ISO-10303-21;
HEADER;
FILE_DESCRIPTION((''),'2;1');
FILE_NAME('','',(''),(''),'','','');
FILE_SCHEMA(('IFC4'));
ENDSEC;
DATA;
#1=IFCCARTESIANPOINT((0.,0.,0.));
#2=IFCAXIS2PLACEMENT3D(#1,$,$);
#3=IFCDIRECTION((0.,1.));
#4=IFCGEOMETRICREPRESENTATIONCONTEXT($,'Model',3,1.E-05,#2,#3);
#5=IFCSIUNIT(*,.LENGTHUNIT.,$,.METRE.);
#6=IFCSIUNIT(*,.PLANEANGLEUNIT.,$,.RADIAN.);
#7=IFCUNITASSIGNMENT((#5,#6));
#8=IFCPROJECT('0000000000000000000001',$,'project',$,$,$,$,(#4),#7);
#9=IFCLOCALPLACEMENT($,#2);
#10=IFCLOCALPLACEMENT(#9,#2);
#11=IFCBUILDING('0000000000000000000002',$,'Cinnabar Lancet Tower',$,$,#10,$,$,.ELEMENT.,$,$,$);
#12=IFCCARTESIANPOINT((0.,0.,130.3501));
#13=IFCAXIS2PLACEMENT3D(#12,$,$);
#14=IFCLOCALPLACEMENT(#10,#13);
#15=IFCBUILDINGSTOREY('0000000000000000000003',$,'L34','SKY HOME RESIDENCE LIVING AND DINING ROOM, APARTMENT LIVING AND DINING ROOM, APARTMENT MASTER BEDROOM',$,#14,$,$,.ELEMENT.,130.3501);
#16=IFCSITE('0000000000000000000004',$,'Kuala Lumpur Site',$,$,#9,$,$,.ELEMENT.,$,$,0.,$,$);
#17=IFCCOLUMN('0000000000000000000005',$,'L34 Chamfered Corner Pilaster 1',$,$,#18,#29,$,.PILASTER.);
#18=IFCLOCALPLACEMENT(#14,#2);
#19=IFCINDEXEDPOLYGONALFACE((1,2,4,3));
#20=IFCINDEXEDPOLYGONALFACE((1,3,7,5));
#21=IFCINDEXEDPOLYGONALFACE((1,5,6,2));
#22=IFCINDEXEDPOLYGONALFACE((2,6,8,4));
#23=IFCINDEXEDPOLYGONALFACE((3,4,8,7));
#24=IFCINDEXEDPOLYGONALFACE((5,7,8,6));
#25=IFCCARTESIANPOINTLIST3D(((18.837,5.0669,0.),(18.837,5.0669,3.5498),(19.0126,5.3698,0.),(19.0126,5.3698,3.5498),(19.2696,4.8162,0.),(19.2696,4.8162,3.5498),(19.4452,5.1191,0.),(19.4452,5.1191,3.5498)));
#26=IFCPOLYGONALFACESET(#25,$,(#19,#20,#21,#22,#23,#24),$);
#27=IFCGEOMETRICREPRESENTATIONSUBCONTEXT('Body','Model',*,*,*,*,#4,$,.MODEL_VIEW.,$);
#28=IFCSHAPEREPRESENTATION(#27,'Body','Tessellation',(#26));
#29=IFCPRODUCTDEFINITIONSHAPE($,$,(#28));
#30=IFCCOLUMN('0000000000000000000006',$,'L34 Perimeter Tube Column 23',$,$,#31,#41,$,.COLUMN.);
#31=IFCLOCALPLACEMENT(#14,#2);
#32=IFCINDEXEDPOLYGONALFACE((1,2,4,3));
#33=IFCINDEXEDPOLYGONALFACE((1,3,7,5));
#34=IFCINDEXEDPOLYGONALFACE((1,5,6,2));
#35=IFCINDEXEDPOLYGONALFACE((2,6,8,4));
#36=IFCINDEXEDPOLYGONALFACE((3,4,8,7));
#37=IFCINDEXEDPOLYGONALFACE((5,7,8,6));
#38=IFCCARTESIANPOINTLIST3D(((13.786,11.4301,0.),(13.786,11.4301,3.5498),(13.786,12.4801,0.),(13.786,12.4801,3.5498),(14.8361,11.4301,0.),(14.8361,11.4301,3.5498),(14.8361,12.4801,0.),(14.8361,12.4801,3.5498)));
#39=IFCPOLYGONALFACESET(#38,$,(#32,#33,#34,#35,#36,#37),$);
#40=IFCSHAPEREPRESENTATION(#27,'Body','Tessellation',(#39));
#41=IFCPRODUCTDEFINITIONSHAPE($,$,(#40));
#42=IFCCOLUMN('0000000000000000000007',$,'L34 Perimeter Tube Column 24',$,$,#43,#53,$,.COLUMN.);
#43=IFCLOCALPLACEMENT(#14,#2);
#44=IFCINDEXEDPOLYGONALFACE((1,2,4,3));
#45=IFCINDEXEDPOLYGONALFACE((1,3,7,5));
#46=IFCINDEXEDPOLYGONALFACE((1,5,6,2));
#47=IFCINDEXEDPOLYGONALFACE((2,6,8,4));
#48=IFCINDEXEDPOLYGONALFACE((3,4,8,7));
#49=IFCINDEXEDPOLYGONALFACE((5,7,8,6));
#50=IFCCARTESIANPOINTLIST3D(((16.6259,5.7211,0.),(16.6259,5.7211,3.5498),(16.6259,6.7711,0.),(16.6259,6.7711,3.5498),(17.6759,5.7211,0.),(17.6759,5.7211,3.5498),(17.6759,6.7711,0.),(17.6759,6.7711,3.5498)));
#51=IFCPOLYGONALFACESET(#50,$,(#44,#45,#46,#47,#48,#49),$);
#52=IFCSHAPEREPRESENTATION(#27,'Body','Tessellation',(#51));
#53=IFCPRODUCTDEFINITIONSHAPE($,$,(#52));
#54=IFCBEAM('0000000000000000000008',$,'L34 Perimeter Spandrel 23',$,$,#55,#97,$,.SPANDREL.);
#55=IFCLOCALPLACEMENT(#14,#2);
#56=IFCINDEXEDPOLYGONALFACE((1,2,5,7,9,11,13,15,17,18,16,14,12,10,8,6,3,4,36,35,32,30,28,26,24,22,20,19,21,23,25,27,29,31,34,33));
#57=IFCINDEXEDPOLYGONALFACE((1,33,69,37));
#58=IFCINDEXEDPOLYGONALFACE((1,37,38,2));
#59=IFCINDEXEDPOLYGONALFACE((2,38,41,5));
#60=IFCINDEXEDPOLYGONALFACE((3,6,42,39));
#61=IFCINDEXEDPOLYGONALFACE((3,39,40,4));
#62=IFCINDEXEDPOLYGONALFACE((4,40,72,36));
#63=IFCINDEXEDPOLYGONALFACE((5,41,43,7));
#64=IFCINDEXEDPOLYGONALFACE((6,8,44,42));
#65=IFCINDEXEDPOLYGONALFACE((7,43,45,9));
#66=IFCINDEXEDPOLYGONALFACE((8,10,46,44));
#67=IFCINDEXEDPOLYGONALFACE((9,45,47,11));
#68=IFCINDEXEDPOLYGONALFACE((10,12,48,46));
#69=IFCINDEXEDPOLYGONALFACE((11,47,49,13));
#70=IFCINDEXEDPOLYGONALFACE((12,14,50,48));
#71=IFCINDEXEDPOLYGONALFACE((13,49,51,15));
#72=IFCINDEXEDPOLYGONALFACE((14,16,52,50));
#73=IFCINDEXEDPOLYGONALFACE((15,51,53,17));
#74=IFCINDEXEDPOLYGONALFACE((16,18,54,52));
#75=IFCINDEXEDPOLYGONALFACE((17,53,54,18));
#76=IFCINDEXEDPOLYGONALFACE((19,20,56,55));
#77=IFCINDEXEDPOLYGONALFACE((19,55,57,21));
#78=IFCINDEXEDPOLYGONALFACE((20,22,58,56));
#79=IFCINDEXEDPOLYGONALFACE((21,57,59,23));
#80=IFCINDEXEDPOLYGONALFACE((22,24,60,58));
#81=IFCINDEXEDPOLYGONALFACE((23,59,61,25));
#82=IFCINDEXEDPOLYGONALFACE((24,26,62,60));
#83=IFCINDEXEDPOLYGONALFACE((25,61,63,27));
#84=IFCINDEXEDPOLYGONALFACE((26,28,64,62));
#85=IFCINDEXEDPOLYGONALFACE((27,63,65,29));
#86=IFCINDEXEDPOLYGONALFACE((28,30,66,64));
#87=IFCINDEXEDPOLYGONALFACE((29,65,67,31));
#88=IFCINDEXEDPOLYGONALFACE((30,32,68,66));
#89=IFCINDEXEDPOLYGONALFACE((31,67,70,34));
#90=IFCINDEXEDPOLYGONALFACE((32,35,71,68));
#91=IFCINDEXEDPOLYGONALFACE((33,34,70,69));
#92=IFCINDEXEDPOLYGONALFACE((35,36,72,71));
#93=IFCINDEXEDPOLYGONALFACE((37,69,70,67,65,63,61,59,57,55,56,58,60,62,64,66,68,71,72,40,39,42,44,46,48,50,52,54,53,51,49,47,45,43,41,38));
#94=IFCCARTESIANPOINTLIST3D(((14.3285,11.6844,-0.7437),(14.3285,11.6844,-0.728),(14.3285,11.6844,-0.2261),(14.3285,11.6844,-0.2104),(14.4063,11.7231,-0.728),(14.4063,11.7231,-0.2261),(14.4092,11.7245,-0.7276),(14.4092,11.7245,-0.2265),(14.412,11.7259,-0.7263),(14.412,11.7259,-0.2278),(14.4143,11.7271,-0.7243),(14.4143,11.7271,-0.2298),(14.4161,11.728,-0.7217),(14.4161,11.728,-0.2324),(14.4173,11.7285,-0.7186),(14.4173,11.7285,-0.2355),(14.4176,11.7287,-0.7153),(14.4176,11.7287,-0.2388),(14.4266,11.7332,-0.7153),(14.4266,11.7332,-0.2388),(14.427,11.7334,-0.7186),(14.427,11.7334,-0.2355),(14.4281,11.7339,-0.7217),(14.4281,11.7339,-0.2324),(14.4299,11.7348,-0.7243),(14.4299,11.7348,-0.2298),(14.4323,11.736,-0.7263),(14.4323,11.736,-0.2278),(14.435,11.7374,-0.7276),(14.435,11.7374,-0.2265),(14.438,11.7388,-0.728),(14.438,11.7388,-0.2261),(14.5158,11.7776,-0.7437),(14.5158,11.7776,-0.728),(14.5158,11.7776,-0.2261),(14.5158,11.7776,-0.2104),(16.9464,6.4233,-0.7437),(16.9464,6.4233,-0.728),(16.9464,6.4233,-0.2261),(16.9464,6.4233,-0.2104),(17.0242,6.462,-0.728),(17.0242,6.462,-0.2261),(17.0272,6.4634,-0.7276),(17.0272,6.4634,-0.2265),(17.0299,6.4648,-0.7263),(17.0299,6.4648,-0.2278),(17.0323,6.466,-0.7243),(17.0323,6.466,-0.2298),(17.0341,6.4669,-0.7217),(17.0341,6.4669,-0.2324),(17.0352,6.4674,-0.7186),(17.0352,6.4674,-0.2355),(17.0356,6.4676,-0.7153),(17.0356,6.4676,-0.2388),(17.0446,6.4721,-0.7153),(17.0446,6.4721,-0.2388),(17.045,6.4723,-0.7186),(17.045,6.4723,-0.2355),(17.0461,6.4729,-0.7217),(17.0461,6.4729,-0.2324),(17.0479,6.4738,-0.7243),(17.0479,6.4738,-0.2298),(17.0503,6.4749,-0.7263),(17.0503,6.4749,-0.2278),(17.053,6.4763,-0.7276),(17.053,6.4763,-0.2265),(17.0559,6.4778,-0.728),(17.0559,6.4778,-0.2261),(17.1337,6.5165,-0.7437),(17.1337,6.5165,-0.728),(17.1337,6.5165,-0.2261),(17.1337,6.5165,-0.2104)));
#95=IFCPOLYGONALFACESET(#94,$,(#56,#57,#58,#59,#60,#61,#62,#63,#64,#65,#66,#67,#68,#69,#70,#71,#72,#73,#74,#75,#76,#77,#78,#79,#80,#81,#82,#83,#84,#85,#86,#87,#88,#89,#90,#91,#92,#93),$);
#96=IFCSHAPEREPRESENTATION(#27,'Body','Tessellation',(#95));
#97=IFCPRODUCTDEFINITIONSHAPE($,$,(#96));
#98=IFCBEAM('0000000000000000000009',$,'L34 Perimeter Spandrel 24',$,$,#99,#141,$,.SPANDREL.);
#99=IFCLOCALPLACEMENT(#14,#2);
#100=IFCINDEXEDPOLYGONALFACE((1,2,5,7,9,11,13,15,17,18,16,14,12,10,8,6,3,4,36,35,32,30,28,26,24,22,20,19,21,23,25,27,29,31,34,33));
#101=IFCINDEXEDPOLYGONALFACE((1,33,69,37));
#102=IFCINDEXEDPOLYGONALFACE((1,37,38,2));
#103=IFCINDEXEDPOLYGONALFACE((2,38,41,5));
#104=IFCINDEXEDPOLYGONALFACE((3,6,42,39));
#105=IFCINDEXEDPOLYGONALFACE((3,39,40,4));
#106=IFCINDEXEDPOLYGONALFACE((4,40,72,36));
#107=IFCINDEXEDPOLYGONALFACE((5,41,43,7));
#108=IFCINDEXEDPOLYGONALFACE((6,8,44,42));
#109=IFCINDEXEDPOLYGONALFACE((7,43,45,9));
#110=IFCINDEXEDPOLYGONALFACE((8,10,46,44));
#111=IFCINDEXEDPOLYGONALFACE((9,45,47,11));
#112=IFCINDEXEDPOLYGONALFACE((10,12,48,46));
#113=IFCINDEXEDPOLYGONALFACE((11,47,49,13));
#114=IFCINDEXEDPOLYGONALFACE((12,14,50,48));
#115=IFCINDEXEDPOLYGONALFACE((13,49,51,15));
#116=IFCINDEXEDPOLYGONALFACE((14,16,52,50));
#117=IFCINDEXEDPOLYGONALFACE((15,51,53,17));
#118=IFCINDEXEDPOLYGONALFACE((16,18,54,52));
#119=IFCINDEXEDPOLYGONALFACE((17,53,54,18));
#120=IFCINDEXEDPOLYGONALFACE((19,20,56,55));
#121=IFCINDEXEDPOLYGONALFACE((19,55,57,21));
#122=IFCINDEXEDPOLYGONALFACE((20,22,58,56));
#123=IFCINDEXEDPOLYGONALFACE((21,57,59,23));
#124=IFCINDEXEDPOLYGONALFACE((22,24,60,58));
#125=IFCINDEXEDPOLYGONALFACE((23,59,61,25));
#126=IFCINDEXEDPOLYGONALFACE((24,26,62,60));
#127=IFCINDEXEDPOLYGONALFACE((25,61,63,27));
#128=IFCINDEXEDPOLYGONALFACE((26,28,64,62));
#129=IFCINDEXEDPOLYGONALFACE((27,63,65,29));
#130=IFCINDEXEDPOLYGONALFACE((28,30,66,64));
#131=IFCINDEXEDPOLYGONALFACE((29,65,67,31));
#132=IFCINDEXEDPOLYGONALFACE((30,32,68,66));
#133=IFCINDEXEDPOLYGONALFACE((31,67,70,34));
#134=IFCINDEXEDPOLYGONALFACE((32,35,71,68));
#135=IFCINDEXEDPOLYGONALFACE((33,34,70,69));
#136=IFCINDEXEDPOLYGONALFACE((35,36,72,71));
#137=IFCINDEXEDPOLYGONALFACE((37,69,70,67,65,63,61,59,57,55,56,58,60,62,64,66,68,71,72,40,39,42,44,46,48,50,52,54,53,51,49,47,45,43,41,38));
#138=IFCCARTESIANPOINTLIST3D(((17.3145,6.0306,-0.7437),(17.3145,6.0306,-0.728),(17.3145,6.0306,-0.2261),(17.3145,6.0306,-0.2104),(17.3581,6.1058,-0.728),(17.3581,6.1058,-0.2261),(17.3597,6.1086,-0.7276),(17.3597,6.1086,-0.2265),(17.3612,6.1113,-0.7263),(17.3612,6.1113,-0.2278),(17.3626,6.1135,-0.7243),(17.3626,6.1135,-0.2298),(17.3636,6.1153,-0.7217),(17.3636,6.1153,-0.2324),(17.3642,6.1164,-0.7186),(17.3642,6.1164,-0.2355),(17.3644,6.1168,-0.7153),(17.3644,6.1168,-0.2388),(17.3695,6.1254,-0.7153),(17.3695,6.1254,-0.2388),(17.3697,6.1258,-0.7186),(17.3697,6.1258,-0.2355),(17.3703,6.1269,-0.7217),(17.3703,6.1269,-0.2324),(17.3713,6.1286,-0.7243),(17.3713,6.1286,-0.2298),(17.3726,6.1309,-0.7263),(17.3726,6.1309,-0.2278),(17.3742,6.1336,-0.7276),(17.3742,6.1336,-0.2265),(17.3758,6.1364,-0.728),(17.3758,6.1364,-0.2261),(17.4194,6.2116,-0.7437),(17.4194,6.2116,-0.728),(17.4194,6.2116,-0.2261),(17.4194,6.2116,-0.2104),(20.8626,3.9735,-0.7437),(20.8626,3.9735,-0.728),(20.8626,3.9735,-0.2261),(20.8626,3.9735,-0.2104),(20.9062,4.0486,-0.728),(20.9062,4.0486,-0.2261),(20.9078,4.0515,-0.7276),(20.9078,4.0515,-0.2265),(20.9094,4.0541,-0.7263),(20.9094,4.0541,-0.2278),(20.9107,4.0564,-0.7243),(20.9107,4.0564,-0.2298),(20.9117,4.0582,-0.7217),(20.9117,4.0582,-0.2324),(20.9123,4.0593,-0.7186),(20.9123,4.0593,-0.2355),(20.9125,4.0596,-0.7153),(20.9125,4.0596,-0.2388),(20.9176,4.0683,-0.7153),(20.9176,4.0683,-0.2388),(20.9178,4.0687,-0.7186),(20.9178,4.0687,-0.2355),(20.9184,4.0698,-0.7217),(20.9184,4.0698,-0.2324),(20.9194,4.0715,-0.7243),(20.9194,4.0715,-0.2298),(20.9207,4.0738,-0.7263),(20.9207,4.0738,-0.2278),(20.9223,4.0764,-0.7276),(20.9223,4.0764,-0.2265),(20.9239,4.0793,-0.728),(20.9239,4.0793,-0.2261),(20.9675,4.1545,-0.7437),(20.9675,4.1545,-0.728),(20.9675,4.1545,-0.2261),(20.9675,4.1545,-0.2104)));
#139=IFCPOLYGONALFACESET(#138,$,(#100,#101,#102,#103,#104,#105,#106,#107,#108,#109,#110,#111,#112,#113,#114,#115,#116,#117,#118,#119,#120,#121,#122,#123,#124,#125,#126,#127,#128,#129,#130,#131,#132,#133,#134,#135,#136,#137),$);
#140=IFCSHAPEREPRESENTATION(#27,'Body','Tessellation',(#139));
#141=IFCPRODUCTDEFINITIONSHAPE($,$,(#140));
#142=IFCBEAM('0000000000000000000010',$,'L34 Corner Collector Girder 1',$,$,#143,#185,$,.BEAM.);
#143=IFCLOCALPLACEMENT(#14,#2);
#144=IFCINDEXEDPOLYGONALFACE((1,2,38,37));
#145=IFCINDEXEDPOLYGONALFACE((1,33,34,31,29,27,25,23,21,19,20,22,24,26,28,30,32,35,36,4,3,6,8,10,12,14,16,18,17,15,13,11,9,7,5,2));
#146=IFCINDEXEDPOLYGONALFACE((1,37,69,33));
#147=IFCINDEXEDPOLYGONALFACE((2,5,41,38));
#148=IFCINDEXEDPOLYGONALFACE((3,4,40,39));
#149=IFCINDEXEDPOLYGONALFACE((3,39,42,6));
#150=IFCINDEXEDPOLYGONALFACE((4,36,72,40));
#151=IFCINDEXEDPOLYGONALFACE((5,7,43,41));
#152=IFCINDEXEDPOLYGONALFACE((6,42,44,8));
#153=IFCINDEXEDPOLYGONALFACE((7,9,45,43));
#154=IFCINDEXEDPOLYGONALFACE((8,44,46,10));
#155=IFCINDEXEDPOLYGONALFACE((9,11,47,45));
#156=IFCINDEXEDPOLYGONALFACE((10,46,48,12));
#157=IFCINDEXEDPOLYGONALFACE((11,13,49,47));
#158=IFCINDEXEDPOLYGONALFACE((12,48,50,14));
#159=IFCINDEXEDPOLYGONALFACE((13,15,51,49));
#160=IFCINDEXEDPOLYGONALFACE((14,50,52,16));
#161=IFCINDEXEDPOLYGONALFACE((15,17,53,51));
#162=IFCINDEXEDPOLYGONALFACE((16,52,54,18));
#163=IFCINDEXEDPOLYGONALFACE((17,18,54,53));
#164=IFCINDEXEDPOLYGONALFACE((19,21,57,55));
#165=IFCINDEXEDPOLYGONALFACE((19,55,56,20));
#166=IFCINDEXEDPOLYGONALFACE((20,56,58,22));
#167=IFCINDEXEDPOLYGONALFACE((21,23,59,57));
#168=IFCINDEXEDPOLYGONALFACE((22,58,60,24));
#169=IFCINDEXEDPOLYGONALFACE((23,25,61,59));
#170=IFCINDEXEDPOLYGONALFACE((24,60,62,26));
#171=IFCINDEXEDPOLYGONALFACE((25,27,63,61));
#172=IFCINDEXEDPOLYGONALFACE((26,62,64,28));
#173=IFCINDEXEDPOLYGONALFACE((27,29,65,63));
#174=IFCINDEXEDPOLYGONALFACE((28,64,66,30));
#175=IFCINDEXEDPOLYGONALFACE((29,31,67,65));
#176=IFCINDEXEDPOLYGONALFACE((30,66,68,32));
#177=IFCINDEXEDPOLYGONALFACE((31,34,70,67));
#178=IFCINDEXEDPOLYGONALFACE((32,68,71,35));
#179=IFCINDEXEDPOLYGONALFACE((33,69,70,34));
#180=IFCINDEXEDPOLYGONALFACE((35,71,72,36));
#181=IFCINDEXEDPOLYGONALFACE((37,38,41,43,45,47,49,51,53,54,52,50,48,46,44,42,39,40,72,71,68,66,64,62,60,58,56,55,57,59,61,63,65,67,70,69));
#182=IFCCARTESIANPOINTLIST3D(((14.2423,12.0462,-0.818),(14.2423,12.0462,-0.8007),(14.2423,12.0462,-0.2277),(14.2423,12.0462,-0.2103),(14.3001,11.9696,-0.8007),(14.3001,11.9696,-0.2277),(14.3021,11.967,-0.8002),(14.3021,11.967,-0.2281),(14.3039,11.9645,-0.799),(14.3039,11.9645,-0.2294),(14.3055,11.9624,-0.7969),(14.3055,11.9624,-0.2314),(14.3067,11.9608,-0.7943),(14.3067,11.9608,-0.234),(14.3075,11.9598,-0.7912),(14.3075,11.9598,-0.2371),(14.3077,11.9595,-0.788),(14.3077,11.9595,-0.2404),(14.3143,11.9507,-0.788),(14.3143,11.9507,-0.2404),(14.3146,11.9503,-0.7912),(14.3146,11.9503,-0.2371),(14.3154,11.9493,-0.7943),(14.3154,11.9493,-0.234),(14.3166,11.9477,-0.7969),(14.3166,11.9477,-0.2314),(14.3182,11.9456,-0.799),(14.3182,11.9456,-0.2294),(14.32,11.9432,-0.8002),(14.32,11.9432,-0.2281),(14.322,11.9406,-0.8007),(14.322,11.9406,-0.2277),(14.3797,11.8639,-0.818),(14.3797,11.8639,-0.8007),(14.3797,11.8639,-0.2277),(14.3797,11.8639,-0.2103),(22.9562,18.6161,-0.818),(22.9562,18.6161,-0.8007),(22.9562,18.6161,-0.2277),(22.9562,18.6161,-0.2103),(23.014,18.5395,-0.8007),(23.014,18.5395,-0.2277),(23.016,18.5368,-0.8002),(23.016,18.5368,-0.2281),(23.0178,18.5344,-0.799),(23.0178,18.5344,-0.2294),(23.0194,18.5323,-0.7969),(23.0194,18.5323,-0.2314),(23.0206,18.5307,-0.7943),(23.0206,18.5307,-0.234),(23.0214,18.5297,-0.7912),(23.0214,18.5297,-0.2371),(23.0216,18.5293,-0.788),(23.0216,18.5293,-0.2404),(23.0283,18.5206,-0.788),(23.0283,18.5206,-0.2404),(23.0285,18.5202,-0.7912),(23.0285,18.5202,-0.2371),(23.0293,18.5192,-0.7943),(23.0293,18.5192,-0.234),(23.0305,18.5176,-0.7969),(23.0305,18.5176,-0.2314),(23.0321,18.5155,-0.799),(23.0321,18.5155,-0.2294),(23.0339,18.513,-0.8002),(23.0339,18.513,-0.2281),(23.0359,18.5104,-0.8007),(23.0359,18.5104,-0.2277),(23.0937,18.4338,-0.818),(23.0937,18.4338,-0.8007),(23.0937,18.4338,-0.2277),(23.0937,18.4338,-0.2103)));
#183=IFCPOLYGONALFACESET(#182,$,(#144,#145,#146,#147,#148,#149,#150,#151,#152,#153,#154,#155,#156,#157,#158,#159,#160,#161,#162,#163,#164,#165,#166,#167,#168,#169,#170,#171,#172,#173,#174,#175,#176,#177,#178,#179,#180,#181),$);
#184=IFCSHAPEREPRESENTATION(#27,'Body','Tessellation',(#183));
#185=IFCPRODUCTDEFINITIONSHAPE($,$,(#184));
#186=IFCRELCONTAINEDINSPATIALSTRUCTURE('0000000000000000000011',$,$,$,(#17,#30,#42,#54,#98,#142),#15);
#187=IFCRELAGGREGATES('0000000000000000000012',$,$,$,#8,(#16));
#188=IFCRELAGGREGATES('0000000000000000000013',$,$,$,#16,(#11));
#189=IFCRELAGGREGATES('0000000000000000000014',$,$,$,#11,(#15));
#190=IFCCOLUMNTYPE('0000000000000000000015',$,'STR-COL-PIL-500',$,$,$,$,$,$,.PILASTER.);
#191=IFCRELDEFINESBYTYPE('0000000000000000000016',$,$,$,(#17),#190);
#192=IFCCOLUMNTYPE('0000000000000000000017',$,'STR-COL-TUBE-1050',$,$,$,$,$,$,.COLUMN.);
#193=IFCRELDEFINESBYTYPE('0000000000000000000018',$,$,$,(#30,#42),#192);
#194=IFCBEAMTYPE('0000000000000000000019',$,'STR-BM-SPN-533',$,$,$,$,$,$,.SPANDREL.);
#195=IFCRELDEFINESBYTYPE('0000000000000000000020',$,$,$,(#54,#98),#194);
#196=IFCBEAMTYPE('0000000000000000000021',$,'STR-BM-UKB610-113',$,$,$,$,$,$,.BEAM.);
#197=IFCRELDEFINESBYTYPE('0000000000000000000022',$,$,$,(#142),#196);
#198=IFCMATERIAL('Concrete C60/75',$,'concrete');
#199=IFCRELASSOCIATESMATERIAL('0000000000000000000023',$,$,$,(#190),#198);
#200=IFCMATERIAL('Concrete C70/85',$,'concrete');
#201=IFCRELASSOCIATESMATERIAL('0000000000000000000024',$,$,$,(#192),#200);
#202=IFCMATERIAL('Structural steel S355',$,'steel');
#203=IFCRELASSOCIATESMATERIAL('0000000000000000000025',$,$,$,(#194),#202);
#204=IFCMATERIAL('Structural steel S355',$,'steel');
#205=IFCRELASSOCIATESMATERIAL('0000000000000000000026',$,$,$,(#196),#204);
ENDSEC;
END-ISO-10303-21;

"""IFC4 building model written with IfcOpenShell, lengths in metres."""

from ifc_helpers import new_model, si_unit, direction, frame, origin, origin_2d, place, context, subcontext, project, spatial, rectangle, i_section, extrude, material, material_profile, profile_set, type_object, element, save


model = new_model("IFC4")

# Units and contexts
model_context = context("Model", 3, precision=1e-05, world=origin(), true_north=direction((0.0, 1.0)))
body_context = subcontext(model_context, "Body", "Model", "MODEL_VIEW")
ifc_project = project(units=[si_unit("LENGTHUNIT", "METRE"), si_unit("PLANEANGLEUNIT", "RADIAN")], contexts=[model_context])

# Site, building, storey
site_placement = place(None, origin())
site = spatial("IfcSite", under=ifc_project, at=site_placement, Name="Kuala Lumpur Site", CompositionType="ELEMENT", RefElevation=0.0)
building_placement = place(site_placement, origin())
building = spatial("IfcBuilding", under=site, at=building_placement, Name="Cinnabar Lancet Tower", CompositionType="ELEMENT")
storey_placement = place(building_placement, frame((0.0, 0.0, 130.3501)))
storey = spatial("IfcBuildingStorey", under=building, at=storey_placement, Name="L34", Description="SKY HOME RESIDENCE LIVING AND DINING ROOM, APARTMENT LIVING AND DINING ROOM, APARTMENT MASTER BEDROOM", CompositionType="ELEMENT", Elevation=130.3501)

# Columns
ifc_material_1 = material(Name="Concrete C60/75", Category="concrete")
ifc_material_profile_1 = material_profile(ifc_material_1, rectangle(XDim=0.5, YDim=0.3501, at=origin_2d()), Name="RC-PIL 500x350")
ifc_profile_set_1 = profile_set([ifc_material_profile_1], Name="Concrete C60/75")
column_type_1 = type_object("IfcColumnType", Name="STR-COL-PIL-500", PredefinedType="PILASTER", material=ifc_profile_set_1)
column_placement = place(storey_placement, frame((19.1411, 5.093, 0.0), z_axis=(0.0, 0.0, 1.0), x_axis=(0.86516, -0.501496, 0.0)))
element("IfcColumn", 1, at=column_placement, inside=storey, type_object=column_type_1, Name="L34 Chamfered Corner Pilaster 1", PredefinedType="PILASTER", context=body_context, shape_type="SweptSolid", body=[
    extrude(rectangle(XDim=0.5, YDim=0.3501, at=origin_2d()), origin(), (0.0, 0.0, 1.0), 3.5498),
])
ifc_material_2 = material(Name="Concrete C70/85", Category="concrete")
ifc_material_profile_2 = material_profile(ifc_material_2, rectangle(XDim=1.05, YDim=1.05, at=origin_2d()), Name="RC-COL 1050x1050")
ifc_profile_set_2 = profile_set([ifc_material_profile_2], Name="Concrete C70/85")
column_type_2 = type_object("IfcColumnType", Name="STR-COL-TUBE-1050", PredefinedType="COLUMN", material=ifc_profile_set_2)
for number, where, z_axis, x_axis, name in (
    (2, (14.311, 11.9551, 0.0), (0.0, 0.0, 1.0), (1.0, 0.0, 0.0), "L34 Perimeter Tube Column 23"),
    (3, (17.1509, 6.2461, 0.0), (0.0, 0.0, 1.0), (1.0, 0.0, 0.0), "L34 Perimeter Tube Column 24"),
):
    element("IfcColumn", number, at=place(storey_placement, frame(where, z_axis=z_axis, x_axis=x_axis)), inside=storey, type_object=column_type_2, Name=name, PredefinedType="COLUMN", context=body_context, shape_type="SweptSolid", body=[
        extrude(rectangle(XDim=1.05, YDim=1.05, at=origin_2d()), origin(), (0.0, 0.0, 1.0), 3.5498),
    ])

# Beams
ifc_material_3 = material(Name="Structural steel S355", Category="steel")
ifc_material_profile_3 = material_profile(ifc_material_3, i_section(OverallWidth=0.2092, OverallDepth=0.5332, WebThickness=0.01, FlangeThickness=0.0156, FilletRadius=0.0127, at=origin_2d()), Name="UKB 533x210x92")
ifc_profile_set_3 = profile_set([ifc_material_profile_3], Name="Structural steel S355")
beam_type_1 = type_object("IfcBeamType", Name="STR-BM-SPN-533", PredefinedType="SPANDREL", material=ifc_profile_set_3)
beam_1_placement = place(storey_placement, frame((14.4221, 11.731, -0.4771), z_axis=(0.445501, -0.895281, 0.0), x_axis=(0.895281, 0.445501, 0.0)))
element("IfcBeam", 4, at=beam_1_placement, inside=storey, type_object=beam_type_1, Name="L34 Perimeter Spandrel 23", PredefinedType="SPANDREL", context=body_context, shape_type="SweptSolid", body=[
    extrude(i_section(OverallWidth=0.2092, OverallDepth=0.5332, WebThickness=0.01, FlangeThickness=0.0156, FilletRadius=0.0127, at=origin_2d()), origin(), (0.0, 0.0, 1.0), 5.8765),
])
beam_2_placement = place(storey_placement, frame((17.3669, 6.1211, -0.4771), z_axis=(0.865112, -0.501578, 0.0), x_axis=(0.501578, 0.865112, 0.0)))
element("IfcBeam", 5, at=beam_2_placement, inside=storey, type_object=beam_type_1, Name="L34 Perimeter Spandrel 24", PredefinedType="SPANDREL", context=body_context, shape_type="SweptSolid", body=[
    extrude(i_section(OverallWidth=0.2092, OverallDepth=0.5332, WebThickness=0.01, FlangeThickness=0.0156, FilletRadius=0.0127, at=origin_2d()), origin(), (0.0, 0.0, 1.0), 4.1013),
])
ifc_material_4 = material(Name="Structural steel S355", Category="steel")
ifc_material_profile_4 = material_profile(ifc_material_4, i_section(OverallWidth=0.2283, OverallDepth=0.6077, WebThickness=0.011, FlangeThickness=0.0173, FilletRadius=0.0127, at=origin_2d()), Name="UKB 610x229x113")
ifc_profile_set_4 = profile_set([ifc_material_profile_4], Name="Structural steel S355")
beam_type_2 = type_object("IfcBeamType", Name="STR-BM-UKB610-113", PredefinedType="BEAM", material=ifc_profile_set_4)
beam_3_placement = place(storey_placement, frame((14.311, 11.9551, -0.5142), z_axis=(0.798483, 0.602017, 0.0), x_axis=(-0.602017, 0.798483, 0.0)))
element("IfcBeam", 6, at=beam_3_placement, inside=storey, type_object=beam_type_2, Name="L34 Corner Collector Girder 1", PredefinedType="BEAM", context=body_context, shape_type="SweptSolid", body=[
    extrude(i_section(OverallWidth=0.2283, OverallDepth=0.6077, WebThickness=0.011, FlangeThickness=0.0173, FilletRadius=0.0127, at=origin_2d()), origin(), (0.0, 0.0, 1.0), 10.9131),
])

save(model, "model.ifc")
